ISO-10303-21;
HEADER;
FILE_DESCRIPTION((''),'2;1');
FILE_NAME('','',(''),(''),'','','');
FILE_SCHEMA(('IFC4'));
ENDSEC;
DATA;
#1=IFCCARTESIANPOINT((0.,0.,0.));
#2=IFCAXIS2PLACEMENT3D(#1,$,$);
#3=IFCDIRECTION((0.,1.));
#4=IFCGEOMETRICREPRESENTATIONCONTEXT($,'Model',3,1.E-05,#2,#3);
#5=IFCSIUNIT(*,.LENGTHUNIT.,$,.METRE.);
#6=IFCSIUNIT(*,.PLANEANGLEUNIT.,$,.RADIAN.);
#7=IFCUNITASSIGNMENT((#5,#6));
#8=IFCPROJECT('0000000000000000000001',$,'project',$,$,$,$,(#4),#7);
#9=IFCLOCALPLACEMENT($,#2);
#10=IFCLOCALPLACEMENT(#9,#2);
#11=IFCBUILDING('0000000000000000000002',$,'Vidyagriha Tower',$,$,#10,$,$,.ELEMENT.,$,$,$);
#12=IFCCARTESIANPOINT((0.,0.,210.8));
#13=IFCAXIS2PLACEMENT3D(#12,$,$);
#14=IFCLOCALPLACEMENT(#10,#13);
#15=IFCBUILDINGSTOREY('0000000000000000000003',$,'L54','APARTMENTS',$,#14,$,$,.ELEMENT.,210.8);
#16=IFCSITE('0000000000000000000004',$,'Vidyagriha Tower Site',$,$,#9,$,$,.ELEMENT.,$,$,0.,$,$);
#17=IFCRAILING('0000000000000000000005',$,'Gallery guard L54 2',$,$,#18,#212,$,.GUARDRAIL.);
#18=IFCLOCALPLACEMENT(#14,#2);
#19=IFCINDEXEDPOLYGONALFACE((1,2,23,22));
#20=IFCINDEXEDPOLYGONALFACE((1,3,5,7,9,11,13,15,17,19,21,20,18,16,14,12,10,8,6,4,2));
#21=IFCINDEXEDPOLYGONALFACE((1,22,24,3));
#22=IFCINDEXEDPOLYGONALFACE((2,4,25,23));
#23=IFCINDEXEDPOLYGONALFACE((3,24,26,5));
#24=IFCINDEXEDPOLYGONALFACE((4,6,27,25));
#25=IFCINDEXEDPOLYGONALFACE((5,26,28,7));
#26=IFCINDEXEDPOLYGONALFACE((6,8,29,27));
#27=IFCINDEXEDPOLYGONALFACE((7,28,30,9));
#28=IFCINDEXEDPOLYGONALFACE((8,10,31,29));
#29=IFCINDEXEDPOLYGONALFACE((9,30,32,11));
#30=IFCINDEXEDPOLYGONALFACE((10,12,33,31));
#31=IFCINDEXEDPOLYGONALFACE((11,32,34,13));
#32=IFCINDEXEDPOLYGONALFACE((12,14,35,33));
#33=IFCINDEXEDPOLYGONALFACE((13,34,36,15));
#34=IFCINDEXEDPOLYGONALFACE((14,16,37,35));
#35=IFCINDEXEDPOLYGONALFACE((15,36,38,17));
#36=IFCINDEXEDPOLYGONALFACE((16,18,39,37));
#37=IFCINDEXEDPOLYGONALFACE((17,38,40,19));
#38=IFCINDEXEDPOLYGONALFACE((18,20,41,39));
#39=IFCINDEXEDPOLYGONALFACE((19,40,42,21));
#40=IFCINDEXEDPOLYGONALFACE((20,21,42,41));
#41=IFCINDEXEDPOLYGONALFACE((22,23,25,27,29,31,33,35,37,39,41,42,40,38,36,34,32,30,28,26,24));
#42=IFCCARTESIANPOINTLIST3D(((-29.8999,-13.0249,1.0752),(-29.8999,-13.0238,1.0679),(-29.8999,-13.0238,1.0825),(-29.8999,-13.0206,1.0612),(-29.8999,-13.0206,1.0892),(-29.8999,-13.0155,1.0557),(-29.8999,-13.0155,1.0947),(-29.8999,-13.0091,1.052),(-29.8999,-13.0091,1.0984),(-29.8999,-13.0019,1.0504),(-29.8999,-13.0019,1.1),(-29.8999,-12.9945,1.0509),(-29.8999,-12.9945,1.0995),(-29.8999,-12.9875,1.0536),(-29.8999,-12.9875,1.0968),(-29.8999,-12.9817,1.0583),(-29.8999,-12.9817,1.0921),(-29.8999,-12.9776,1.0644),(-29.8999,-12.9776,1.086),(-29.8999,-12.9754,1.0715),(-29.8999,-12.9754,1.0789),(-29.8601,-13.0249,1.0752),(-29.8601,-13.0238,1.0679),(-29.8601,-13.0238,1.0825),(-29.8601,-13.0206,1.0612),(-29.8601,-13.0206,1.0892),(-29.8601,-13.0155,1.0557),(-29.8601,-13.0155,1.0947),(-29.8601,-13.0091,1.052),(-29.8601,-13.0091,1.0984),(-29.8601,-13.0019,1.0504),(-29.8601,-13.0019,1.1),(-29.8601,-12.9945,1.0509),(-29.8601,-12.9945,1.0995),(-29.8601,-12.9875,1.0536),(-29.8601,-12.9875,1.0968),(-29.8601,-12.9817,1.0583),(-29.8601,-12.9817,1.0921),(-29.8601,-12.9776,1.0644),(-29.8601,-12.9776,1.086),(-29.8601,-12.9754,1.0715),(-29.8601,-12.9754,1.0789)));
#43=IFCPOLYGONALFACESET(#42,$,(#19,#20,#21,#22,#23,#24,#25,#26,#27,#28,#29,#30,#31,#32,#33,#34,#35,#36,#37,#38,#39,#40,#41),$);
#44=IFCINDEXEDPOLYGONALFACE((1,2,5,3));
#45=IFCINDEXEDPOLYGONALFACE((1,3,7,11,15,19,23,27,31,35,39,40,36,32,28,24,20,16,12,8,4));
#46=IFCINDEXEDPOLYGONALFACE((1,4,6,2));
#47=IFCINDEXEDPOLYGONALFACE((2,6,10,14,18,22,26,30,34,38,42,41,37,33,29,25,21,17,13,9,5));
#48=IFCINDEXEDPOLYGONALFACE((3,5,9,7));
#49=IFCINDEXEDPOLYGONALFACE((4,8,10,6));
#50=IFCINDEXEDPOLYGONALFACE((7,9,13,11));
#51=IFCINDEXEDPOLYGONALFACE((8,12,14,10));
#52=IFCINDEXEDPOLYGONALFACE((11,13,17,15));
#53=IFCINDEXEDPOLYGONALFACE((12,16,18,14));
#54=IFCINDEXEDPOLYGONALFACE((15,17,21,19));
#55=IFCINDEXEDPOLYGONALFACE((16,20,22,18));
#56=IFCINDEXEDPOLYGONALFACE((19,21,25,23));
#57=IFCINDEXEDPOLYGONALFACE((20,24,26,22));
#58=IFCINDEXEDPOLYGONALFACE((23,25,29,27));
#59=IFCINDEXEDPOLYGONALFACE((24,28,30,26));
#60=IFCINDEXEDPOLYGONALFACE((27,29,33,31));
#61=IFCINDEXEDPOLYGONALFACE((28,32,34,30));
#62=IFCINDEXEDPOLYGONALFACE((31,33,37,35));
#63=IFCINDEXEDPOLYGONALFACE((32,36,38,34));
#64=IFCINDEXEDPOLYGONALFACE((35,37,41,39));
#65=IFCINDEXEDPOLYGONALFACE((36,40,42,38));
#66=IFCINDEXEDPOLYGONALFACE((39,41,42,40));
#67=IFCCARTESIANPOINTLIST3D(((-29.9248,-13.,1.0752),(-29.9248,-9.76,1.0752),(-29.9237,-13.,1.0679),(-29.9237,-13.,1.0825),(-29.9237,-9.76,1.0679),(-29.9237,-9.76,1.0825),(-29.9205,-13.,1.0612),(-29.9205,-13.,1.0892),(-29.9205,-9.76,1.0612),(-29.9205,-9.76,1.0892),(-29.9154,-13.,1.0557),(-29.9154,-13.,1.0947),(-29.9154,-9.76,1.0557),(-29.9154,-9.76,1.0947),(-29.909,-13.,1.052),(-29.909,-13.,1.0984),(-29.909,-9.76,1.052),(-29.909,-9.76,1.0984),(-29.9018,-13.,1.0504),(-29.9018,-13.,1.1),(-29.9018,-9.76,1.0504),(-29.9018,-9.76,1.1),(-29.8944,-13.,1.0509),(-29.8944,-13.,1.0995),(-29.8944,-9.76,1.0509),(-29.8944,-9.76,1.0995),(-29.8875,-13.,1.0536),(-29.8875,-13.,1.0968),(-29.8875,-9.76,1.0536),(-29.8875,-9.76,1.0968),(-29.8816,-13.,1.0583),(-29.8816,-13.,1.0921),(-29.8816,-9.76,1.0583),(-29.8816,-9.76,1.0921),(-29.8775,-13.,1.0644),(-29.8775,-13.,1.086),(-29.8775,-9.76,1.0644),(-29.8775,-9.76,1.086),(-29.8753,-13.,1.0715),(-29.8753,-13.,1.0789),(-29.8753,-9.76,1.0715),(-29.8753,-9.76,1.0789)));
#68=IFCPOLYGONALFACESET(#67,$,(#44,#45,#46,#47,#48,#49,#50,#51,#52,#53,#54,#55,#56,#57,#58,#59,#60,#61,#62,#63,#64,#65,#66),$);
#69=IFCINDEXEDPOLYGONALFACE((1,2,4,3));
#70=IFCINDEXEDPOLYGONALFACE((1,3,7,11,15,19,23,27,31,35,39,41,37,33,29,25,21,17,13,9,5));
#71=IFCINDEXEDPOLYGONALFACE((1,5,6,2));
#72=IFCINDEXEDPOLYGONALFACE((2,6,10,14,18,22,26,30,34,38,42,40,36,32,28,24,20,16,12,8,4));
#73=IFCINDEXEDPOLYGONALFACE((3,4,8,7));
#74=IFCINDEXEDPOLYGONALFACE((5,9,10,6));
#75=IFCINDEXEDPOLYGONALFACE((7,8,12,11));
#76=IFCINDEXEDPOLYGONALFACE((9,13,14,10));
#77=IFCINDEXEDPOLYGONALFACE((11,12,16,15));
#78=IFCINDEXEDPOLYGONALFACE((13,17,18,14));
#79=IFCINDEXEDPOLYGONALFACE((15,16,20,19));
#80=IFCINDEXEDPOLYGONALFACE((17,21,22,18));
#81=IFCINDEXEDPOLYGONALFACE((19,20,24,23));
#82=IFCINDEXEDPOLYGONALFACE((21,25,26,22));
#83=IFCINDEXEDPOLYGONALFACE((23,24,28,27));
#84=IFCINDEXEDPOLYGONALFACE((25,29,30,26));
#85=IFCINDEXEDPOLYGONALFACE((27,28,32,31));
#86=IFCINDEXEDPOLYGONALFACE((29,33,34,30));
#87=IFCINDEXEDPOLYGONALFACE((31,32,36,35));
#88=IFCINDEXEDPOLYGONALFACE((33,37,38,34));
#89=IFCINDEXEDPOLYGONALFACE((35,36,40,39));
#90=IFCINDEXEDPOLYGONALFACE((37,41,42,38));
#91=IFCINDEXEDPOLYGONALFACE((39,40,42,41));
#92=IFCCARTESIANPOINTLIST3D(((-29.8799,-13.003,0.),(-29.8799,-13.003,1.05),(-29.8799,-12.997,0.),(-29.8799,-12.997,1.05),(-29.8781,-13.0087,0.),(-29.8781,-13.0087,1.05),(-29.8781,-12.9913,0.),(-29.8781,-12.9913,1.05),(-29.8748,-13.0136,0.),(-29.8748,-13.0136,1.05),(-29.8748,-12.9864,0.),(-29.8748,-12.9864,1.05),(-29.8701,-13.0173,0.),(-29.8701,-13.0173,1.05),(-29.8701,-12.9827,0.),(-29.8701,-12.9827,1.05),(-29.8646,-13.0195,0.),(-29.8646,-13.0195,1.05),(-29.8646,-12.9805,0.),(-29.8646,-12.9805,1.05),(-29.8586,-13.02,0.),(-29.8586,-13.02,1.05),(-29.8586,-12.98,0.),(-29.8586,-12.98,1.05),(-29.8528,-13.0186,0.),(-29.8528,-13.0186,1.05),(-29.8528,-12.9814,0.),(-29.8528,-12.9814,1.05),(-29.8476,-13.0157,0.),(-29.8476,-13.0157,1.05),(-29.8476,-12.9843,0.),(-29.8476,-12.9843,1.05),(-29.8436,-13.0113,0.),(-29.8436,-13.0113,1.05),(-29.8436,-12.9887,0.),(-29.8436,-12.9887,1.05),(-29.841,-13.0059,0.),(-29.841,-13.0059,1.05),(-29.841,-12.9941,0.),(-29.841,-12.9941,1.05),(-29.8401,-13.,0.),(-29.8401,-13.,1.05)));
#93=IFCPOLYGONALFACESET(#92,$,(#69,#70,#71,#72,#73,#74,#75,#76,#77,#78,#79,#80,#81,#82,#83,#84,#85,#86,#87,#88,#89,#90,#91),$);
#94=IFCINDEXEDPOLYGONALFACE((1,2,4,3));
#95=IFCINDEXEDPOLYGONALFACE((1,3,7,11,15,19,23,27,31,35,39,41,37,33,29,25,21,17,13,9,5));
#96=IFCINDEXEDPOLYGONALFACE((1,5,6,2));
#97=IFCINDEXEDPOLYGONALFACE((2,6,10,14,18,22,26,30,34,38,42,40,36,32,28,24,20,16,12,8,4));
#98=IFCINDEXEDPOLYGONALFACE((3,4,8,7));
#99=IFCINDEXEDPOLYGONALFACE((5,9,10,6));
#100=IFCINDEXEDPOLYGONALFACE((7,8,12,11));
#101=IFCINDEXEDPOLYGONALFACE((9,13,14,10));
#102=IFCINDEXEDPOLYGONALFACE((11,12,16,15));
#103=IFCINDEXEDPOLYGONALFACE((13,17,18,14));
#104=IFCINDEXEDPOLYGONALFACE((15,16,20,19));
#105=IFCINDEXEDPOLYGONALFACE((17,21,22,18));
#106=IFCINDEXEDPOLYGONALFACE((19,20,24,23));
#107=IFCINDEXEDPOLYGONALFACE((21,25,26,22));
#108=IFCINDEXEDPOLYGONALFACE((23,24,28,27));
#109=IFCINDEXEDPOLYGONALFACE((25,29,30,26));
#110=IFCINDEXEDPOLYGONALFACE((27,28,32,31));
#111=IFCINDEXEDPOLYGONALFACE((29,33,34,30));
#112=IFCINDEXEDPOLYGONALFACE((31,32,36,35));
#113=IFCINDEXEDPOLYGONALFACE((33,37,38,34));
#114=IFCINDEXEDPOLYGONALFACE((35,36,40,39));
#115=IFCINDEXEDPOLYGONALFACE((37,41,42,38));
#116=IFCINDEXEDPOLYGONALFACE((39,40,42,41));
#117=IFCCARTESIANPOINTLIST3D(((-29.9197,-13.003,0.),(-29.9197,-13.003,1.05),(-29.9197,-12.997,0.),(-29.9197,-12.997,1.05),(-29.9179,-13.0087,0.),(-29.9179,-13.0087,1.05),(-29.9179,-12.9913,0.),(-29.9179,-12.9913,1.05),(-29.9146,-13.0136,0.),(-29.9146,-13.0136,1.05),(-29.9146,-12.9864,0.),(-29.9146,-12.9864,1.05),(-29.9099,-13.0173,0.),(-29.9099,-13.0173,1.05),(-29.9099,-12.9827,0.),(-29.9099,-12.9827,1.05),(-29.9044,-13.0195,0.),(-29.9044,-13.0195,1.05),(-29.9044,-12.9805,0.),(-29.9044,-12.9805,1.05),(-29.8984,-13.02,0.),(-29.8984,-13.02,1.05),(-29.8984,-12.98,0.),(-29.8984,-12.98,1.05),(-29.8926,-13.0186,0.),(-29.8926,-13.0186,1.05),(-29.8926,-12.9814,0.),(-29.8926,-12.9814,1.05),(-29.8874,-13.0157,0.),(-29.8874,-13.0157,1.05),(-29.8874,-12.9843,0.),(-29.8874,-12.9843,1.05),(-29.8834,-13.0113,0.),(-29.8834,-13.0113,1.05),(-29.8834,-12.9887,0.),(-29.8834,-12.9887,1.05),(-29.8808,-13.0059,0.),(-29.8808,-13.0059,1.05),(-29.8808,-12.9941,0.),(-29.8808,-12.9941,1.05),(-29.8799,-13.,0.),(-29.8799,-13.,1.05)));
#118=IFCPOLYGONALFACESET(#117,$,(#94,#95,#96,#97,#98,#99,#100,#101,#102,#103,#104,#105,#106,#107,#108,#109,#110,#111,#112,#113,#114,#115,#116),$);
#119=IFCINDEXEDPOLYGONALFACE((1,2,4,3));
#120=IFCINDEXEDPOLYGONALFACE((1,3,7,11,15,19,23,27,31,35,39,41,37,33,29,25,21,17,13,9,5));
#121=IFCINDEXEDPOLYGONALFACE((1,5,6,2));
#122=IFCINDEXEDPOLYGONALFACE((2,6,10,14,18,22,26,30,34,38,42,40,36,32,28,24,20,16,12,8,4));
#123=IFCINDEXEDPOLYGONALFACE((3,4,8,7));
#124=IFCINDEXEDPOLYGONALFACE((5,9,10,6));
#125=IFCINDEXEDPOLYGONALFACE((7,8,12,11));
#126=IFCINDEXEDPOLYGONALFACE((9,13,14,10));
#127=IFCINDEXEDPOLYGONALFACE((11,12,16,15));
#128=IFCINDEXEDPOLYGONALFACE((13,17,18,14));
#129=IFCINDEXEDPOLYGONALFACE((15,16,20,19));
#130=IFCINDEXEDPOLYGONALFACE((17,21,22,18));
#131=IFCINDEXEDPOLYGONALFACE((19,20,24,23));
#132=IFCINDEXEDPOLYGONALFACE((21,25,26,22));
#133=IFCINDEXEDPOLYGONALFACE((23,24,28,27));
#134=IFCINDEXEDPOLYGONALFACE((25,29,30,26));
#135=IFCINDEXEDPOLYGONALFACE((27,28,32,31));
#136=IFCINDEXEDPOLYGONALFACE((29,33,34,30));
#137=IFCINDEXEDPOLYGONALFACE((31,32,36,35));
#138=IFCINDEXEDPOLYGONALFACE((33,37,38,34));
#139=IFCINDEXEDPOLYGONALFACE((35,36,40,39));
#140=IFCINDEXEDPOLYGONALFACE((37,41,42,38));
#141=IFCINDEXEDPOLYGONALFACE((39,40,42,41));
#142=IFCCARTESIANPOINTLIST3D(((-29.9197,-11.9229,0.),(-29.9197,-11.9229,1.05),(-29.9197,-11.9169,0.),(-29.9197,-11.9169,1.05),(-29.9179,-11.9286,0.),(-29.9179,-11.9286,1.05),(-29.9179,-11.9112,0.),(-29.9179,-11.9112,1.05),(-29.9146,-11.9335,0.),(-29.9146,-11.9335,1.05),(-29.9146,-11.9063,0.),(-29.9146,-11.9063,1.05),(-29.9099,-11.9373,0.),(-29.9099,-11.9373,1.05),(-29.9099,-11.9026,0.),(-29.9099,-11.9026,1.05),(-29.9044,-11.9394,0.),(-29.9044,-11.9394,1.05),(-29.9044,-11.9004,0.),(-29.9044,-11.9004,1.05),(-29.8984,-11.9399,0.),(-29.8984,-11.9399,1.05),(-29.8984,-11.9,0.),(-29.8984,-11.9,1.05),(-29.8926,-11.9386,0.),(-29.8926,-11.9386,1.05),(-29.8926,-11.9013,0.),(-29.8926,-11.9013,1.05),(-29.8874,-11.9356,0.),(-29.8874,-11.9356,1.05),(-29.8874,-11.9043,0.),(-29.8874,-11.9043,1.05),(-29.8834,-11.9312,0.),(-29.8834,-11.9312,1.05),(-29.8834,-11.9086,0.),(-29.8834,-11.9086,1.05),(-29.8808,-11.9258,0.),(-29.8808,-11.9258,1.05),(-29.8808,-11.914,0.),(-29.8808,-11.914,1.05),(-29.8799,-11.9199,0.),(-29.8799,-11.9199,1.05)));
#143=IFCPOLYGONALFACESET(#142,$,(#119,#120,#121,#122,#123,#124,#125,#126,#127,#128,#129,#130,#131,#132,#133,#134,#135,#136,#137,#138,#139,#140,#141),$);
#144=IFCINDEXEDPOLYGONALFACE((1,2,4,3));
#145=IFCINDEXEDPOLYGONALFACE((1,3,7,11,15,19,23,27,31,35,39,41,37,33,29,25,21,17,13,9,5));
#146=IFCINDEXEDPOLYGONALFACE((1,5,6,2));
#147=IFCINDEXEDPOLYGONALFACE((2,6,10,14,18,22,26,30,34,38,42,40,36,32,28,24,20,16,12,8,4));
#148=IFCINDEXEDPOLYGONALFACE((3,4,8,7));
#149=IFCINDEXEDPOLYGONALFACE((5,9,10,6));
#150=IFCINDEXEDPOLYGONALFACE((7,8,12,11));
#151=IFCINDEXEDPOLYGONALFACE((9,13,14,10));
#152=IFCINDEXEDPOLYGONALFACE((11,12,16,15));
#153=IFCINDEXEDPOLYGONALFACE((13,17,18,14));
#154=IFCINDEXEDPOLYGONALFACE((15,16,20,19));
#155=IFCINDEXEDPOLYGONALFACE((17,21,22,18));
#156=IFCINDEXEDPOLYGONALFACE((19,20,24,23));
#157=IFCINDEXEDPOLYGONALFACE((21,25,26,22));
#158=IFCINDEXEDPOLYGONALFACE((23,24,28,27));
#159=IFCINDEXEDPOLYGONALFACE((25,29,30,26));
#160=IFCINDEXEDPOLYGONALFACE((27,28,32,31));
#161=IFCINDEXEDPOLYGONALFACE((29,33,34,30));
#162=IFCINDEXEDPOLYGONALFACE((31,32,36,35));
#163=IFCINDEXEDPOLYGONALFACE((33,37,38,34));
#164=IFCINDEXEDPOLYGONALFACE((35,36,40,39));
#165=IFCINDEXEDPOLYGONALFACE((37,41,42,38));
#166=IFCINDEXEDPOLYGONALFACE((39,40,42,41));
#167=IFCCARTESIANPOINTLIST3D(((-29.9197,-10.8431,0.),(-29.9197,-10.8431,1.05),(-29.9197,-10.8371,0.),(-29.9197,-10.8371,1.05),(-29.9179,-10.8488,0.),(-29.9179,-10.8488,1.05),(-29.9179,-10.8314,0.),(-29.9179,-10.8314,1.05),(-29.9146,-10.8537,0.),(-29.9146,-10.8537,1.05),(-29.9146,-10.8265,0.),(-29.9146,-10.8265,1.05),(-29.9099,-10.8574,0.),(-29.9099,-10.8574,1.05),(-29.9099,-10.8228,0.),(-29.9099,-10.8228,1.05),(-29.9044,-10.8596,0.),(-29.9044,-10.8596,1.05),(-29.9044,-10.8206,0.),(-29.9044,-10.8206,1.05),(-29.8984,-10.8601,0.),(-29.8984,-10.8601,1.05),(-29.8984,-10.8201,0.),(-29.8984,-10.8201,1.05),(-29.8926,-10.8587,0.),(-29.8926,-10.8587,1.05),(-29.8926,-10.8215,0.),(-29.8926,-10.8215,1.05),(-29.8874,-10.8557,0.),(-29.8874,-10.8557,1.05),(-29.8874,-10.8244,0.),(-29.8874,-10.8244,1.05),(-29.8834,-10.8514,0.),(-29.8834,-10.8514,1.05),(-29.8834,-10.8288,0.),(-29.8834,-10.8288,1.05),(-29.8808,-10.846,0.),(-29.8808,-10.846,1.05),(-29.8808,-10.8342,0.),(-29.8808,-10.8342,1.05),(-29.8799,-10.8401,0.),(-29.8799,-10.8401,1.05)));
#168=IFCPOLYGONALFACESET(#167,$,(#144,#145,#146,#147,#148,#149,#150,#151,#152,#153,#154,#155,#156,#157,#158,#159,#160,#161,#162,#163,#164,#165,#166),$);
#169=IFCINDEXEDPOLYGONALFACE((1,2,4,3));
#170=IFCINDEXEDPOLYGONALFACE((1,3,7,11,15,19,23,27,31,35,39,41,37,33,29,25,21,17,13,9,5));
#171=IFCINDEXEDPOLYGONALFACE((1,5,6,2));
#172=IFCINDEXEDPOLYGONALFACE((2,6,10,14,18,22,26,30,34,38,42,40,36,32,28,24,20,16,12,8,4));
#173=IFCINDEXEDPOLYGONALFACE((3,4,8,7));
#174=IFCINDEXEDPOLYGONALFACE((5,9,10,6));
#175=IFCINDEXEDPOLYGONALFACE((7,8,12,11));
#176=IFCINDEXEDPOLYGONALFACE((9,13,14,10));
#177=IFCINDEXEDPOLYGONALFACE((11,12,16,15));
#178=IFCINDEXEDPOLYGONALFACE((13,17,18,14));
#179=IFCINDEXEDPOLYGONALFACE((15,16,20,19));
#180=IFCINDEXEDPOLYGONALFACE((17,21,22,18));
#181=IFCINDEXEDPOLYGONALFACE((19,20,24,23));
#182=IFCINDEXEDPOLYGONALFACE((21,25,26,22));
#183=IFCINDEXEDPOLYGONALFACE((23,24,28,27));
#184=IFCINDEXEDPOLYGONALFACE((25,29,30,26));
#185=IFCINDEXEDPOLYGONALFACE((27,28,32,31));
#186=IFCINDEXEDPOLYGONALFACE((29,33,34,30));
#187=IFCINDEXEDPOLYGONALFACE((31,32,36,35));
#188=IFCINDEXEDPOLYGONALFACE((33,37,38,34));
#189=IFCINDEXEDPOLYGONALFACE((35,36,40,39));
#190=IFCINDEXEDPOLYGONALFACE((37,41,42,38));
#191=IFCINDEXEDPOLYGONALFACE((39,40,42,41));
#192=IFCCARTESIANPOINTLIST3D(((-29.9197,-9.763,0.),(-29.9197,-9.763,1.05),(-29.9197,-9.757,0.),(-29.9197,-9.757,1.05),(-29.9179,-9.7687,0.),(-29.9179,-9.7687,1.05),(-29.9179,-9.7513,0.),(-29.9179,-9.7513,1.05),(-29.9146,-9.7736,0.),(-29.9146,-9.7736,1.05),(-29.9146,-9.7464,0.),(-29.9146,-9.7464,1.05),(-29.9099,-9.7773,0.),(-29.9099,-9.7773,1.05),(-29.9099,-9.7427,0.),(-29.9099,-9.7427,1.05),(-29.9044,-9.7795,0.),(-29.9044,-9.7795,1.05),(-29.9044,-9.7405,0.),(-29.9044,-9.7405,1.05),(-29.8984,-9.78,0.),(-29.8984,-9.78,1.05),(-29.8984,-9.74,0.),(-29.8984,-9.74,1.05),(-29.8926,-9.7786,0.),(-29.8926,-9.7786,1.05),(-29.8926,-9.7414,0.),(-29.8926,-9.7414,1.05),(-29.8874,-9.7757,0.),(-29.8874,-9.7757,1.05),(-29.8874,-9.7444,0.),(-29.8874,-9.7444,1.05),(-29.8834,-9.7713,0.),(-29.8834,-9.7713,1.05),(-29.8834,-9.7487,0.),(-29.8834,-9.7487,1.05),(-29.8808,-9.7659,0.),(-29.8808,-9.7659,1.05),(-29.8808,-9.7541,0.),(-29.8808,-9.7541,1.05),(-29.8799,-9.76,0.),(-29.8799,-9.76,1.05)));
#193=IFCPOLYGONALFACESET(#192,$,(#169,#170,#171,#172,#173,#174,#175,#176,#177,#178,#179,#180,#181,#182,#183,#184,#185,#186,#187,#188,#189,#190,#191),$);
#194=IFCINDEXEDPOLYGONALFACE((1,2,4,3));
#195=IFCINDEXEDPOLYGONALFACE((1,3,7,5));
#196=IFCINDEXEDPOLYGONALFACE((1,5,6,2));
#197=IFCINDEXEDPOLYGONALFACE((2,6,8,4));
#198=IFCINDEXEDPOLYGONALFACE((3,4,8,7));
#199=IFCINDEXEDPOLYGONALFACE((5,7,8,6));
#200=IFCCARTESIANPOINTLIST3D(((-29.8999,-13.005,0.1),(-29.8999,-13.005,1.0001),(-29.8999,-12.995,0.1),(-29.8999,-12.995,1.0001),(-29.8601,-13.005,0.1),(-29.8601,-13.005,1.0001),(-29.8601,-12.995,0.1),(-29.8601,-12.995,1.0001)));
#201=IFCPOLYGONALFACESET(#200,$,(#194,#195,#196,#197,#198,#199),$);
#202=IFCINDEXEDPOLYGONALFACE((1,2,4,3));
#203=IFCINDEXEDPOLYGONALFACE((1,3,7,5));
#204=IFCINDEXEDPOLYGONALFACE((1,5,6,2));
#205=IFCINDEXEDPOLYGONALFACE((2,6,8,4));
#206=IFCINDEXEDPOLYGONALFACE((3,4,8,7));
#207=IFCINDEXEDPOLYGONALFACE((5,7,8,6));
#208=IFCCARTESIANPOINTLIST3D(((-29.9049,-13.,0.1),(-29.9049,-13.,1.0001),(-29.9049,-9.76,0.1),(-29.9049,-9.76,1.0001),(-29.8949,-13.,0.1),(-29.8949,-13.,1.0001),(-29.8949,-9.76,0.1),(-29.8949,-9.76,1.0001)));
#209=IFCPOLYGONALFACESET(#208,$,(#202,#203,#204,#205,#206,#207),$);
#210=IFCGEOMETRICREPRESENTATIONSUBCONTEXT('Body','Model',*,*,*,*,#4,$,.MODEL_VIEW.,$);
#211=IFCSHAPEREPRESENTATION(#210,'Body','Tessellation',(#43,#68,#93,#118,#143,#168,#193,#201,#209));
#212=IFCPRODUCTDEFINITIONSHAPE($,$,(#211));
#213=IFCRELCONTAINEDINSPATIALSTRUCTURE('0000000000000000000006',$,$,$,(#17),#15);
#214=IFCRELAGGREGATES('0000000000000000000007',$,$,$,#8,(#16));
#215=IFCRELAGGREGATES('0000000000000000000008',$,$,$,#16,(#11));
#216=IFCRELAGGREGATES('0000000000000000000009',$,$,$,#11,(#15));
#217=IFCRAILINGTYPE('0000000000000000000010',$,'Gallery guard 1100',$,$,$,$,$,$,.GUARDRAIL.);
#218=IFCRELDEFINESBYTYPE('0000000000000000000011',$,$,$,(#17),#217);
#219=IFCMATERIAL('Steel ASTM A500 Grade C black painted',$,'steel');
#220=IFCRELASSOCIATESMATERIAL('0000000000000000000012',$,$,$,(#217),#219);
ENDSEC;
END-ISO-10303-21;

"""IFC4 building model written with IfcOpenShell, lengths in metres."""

from ifc_helpers import new_model, si_unit, direction, frame, origin, origin_2d, place, context, subcontext, project, spatial, rectangle, circle, extrude, material, type_object, element, save


model = new_model("IFC4")

# Units and contexts
model_context = context("Model", 3, precision=1e-05, world=origin(), true_north=direction((0.0, 1.0)))
body_context = subcontext(model_context, "Body", "Model", "MODEL_VIEW")
ifc_project = project(units=[si_unit("LENGTHUNIT", "METRE"), si_unit("PLANEANGLEUNIT", "RADIAN")], contexts=[model_context])

# Site, building, storey
site_placement = place(None, origin())
site = spatial("IfcSite", under=ifc_project, at=site_placement, Name="Vidyagriha Tower Site", CompositionType="ELEMENT", RefElevation=0.0)
building_placement = place(site_placement, origin())
building = spatial("IfcBuilding", under=site, at=building_placement, Name="Vidyagriha Tower", CompositionType="ELEMENT")
storey_placement = place(building_placement, frame((0.0, 0.0, 210.8)))
storey = spatial("IfcBuildingStorey", under=building, at=storey_placement, Name="L54", Description="APARTMENTS", CompositionType="ELEMENT", Elevation=210.8)

# Railing
ifc_material_1 = material(Name="Steel ASTM A500 Grade C black painted", Category="steel")
railing_type_1 = type_object("IfcRailingType", Name="Gallery guard 1100", PredefinedType="GUARDRAIL", material=ifc_material_1)
railing_1_placement = place(storey_placement, frame((-29.8601, -13.0, 0.0)))
element("IfcRailing", 1, at=railing_1_placement, inside=storey, type_object=railing_type_1, Name="Gallery guard L54 2", PredefinedType="GUARDRAIL", context=body_context, shape_type="SweptSolid", body=[
    extrude(circle(Radius=0.0249, at=origin_2d()), frame((0.0, 0.0, 1.0752), z_axis=(-1.0, 0.0, 0.0), x_axis=(0.0, -1.0, 0.0)), (0.0, 0.0, 1.0), 0.0398),
    extrude(circle(Radius=0.0249, at=origin_2d()), frame((-0.0398, 0.0, 1.0752), z_axis=(0.0, 1.0, 0.0), x_axis=(-1.0, 0.0, 0.0)), (0.0, 0.0, 1.0), 3.24),
    extrude(circle(Radius=0.02, at=origin_2d()), origin(), (0.0, 0.0, 1.0), 1.05),
    extrude(circle(Radius=0.02, at=origin_2d()), frame((-0.0398, 0.0, 0.0)), (0.0, 0.0, 1.0), 1.05),
    extrude(circle(Radius=0.02, at=origin_2d()), frame((-0.0398, 1.0801, 0.0)), (0.0, 0.0, 1.0), 1.05),
    extrude(circle(Radius=0.02, at=origin_2d()), frame((-0.0398, 2.1599, 0.0)), (0.0, 0.0, 1.0), 1.05),
    extrude(circle(Radius=0.02, at=origin_2d()), frame((-0.0398, 3.24, 0.0)), (0.0, 0.0, 1.0), 1.05),
    extrude(rectangle(XDim=0.01, YDim=0.9001, at=origin_2d()), frame((0.0, 0.0, 0.55), z_axis=(-1.0, 0.0, 0.0), x_axis=(0.0, -1.0, 0.0)), (0.0, 0.0, 1.0), 0.0398),
    extrude(rectangle(XDim=0.01, YDim=0.9001, at=origin_2d()), frame((-0.0398, 0.0, 0.55), z_axis=(0.0, 1.0, 0.0), x_axis=(-1.0, 0.0, 0.0)), (0.0, 0.0, 1.0), 3.24),
])

save(model, "model.ifc")
